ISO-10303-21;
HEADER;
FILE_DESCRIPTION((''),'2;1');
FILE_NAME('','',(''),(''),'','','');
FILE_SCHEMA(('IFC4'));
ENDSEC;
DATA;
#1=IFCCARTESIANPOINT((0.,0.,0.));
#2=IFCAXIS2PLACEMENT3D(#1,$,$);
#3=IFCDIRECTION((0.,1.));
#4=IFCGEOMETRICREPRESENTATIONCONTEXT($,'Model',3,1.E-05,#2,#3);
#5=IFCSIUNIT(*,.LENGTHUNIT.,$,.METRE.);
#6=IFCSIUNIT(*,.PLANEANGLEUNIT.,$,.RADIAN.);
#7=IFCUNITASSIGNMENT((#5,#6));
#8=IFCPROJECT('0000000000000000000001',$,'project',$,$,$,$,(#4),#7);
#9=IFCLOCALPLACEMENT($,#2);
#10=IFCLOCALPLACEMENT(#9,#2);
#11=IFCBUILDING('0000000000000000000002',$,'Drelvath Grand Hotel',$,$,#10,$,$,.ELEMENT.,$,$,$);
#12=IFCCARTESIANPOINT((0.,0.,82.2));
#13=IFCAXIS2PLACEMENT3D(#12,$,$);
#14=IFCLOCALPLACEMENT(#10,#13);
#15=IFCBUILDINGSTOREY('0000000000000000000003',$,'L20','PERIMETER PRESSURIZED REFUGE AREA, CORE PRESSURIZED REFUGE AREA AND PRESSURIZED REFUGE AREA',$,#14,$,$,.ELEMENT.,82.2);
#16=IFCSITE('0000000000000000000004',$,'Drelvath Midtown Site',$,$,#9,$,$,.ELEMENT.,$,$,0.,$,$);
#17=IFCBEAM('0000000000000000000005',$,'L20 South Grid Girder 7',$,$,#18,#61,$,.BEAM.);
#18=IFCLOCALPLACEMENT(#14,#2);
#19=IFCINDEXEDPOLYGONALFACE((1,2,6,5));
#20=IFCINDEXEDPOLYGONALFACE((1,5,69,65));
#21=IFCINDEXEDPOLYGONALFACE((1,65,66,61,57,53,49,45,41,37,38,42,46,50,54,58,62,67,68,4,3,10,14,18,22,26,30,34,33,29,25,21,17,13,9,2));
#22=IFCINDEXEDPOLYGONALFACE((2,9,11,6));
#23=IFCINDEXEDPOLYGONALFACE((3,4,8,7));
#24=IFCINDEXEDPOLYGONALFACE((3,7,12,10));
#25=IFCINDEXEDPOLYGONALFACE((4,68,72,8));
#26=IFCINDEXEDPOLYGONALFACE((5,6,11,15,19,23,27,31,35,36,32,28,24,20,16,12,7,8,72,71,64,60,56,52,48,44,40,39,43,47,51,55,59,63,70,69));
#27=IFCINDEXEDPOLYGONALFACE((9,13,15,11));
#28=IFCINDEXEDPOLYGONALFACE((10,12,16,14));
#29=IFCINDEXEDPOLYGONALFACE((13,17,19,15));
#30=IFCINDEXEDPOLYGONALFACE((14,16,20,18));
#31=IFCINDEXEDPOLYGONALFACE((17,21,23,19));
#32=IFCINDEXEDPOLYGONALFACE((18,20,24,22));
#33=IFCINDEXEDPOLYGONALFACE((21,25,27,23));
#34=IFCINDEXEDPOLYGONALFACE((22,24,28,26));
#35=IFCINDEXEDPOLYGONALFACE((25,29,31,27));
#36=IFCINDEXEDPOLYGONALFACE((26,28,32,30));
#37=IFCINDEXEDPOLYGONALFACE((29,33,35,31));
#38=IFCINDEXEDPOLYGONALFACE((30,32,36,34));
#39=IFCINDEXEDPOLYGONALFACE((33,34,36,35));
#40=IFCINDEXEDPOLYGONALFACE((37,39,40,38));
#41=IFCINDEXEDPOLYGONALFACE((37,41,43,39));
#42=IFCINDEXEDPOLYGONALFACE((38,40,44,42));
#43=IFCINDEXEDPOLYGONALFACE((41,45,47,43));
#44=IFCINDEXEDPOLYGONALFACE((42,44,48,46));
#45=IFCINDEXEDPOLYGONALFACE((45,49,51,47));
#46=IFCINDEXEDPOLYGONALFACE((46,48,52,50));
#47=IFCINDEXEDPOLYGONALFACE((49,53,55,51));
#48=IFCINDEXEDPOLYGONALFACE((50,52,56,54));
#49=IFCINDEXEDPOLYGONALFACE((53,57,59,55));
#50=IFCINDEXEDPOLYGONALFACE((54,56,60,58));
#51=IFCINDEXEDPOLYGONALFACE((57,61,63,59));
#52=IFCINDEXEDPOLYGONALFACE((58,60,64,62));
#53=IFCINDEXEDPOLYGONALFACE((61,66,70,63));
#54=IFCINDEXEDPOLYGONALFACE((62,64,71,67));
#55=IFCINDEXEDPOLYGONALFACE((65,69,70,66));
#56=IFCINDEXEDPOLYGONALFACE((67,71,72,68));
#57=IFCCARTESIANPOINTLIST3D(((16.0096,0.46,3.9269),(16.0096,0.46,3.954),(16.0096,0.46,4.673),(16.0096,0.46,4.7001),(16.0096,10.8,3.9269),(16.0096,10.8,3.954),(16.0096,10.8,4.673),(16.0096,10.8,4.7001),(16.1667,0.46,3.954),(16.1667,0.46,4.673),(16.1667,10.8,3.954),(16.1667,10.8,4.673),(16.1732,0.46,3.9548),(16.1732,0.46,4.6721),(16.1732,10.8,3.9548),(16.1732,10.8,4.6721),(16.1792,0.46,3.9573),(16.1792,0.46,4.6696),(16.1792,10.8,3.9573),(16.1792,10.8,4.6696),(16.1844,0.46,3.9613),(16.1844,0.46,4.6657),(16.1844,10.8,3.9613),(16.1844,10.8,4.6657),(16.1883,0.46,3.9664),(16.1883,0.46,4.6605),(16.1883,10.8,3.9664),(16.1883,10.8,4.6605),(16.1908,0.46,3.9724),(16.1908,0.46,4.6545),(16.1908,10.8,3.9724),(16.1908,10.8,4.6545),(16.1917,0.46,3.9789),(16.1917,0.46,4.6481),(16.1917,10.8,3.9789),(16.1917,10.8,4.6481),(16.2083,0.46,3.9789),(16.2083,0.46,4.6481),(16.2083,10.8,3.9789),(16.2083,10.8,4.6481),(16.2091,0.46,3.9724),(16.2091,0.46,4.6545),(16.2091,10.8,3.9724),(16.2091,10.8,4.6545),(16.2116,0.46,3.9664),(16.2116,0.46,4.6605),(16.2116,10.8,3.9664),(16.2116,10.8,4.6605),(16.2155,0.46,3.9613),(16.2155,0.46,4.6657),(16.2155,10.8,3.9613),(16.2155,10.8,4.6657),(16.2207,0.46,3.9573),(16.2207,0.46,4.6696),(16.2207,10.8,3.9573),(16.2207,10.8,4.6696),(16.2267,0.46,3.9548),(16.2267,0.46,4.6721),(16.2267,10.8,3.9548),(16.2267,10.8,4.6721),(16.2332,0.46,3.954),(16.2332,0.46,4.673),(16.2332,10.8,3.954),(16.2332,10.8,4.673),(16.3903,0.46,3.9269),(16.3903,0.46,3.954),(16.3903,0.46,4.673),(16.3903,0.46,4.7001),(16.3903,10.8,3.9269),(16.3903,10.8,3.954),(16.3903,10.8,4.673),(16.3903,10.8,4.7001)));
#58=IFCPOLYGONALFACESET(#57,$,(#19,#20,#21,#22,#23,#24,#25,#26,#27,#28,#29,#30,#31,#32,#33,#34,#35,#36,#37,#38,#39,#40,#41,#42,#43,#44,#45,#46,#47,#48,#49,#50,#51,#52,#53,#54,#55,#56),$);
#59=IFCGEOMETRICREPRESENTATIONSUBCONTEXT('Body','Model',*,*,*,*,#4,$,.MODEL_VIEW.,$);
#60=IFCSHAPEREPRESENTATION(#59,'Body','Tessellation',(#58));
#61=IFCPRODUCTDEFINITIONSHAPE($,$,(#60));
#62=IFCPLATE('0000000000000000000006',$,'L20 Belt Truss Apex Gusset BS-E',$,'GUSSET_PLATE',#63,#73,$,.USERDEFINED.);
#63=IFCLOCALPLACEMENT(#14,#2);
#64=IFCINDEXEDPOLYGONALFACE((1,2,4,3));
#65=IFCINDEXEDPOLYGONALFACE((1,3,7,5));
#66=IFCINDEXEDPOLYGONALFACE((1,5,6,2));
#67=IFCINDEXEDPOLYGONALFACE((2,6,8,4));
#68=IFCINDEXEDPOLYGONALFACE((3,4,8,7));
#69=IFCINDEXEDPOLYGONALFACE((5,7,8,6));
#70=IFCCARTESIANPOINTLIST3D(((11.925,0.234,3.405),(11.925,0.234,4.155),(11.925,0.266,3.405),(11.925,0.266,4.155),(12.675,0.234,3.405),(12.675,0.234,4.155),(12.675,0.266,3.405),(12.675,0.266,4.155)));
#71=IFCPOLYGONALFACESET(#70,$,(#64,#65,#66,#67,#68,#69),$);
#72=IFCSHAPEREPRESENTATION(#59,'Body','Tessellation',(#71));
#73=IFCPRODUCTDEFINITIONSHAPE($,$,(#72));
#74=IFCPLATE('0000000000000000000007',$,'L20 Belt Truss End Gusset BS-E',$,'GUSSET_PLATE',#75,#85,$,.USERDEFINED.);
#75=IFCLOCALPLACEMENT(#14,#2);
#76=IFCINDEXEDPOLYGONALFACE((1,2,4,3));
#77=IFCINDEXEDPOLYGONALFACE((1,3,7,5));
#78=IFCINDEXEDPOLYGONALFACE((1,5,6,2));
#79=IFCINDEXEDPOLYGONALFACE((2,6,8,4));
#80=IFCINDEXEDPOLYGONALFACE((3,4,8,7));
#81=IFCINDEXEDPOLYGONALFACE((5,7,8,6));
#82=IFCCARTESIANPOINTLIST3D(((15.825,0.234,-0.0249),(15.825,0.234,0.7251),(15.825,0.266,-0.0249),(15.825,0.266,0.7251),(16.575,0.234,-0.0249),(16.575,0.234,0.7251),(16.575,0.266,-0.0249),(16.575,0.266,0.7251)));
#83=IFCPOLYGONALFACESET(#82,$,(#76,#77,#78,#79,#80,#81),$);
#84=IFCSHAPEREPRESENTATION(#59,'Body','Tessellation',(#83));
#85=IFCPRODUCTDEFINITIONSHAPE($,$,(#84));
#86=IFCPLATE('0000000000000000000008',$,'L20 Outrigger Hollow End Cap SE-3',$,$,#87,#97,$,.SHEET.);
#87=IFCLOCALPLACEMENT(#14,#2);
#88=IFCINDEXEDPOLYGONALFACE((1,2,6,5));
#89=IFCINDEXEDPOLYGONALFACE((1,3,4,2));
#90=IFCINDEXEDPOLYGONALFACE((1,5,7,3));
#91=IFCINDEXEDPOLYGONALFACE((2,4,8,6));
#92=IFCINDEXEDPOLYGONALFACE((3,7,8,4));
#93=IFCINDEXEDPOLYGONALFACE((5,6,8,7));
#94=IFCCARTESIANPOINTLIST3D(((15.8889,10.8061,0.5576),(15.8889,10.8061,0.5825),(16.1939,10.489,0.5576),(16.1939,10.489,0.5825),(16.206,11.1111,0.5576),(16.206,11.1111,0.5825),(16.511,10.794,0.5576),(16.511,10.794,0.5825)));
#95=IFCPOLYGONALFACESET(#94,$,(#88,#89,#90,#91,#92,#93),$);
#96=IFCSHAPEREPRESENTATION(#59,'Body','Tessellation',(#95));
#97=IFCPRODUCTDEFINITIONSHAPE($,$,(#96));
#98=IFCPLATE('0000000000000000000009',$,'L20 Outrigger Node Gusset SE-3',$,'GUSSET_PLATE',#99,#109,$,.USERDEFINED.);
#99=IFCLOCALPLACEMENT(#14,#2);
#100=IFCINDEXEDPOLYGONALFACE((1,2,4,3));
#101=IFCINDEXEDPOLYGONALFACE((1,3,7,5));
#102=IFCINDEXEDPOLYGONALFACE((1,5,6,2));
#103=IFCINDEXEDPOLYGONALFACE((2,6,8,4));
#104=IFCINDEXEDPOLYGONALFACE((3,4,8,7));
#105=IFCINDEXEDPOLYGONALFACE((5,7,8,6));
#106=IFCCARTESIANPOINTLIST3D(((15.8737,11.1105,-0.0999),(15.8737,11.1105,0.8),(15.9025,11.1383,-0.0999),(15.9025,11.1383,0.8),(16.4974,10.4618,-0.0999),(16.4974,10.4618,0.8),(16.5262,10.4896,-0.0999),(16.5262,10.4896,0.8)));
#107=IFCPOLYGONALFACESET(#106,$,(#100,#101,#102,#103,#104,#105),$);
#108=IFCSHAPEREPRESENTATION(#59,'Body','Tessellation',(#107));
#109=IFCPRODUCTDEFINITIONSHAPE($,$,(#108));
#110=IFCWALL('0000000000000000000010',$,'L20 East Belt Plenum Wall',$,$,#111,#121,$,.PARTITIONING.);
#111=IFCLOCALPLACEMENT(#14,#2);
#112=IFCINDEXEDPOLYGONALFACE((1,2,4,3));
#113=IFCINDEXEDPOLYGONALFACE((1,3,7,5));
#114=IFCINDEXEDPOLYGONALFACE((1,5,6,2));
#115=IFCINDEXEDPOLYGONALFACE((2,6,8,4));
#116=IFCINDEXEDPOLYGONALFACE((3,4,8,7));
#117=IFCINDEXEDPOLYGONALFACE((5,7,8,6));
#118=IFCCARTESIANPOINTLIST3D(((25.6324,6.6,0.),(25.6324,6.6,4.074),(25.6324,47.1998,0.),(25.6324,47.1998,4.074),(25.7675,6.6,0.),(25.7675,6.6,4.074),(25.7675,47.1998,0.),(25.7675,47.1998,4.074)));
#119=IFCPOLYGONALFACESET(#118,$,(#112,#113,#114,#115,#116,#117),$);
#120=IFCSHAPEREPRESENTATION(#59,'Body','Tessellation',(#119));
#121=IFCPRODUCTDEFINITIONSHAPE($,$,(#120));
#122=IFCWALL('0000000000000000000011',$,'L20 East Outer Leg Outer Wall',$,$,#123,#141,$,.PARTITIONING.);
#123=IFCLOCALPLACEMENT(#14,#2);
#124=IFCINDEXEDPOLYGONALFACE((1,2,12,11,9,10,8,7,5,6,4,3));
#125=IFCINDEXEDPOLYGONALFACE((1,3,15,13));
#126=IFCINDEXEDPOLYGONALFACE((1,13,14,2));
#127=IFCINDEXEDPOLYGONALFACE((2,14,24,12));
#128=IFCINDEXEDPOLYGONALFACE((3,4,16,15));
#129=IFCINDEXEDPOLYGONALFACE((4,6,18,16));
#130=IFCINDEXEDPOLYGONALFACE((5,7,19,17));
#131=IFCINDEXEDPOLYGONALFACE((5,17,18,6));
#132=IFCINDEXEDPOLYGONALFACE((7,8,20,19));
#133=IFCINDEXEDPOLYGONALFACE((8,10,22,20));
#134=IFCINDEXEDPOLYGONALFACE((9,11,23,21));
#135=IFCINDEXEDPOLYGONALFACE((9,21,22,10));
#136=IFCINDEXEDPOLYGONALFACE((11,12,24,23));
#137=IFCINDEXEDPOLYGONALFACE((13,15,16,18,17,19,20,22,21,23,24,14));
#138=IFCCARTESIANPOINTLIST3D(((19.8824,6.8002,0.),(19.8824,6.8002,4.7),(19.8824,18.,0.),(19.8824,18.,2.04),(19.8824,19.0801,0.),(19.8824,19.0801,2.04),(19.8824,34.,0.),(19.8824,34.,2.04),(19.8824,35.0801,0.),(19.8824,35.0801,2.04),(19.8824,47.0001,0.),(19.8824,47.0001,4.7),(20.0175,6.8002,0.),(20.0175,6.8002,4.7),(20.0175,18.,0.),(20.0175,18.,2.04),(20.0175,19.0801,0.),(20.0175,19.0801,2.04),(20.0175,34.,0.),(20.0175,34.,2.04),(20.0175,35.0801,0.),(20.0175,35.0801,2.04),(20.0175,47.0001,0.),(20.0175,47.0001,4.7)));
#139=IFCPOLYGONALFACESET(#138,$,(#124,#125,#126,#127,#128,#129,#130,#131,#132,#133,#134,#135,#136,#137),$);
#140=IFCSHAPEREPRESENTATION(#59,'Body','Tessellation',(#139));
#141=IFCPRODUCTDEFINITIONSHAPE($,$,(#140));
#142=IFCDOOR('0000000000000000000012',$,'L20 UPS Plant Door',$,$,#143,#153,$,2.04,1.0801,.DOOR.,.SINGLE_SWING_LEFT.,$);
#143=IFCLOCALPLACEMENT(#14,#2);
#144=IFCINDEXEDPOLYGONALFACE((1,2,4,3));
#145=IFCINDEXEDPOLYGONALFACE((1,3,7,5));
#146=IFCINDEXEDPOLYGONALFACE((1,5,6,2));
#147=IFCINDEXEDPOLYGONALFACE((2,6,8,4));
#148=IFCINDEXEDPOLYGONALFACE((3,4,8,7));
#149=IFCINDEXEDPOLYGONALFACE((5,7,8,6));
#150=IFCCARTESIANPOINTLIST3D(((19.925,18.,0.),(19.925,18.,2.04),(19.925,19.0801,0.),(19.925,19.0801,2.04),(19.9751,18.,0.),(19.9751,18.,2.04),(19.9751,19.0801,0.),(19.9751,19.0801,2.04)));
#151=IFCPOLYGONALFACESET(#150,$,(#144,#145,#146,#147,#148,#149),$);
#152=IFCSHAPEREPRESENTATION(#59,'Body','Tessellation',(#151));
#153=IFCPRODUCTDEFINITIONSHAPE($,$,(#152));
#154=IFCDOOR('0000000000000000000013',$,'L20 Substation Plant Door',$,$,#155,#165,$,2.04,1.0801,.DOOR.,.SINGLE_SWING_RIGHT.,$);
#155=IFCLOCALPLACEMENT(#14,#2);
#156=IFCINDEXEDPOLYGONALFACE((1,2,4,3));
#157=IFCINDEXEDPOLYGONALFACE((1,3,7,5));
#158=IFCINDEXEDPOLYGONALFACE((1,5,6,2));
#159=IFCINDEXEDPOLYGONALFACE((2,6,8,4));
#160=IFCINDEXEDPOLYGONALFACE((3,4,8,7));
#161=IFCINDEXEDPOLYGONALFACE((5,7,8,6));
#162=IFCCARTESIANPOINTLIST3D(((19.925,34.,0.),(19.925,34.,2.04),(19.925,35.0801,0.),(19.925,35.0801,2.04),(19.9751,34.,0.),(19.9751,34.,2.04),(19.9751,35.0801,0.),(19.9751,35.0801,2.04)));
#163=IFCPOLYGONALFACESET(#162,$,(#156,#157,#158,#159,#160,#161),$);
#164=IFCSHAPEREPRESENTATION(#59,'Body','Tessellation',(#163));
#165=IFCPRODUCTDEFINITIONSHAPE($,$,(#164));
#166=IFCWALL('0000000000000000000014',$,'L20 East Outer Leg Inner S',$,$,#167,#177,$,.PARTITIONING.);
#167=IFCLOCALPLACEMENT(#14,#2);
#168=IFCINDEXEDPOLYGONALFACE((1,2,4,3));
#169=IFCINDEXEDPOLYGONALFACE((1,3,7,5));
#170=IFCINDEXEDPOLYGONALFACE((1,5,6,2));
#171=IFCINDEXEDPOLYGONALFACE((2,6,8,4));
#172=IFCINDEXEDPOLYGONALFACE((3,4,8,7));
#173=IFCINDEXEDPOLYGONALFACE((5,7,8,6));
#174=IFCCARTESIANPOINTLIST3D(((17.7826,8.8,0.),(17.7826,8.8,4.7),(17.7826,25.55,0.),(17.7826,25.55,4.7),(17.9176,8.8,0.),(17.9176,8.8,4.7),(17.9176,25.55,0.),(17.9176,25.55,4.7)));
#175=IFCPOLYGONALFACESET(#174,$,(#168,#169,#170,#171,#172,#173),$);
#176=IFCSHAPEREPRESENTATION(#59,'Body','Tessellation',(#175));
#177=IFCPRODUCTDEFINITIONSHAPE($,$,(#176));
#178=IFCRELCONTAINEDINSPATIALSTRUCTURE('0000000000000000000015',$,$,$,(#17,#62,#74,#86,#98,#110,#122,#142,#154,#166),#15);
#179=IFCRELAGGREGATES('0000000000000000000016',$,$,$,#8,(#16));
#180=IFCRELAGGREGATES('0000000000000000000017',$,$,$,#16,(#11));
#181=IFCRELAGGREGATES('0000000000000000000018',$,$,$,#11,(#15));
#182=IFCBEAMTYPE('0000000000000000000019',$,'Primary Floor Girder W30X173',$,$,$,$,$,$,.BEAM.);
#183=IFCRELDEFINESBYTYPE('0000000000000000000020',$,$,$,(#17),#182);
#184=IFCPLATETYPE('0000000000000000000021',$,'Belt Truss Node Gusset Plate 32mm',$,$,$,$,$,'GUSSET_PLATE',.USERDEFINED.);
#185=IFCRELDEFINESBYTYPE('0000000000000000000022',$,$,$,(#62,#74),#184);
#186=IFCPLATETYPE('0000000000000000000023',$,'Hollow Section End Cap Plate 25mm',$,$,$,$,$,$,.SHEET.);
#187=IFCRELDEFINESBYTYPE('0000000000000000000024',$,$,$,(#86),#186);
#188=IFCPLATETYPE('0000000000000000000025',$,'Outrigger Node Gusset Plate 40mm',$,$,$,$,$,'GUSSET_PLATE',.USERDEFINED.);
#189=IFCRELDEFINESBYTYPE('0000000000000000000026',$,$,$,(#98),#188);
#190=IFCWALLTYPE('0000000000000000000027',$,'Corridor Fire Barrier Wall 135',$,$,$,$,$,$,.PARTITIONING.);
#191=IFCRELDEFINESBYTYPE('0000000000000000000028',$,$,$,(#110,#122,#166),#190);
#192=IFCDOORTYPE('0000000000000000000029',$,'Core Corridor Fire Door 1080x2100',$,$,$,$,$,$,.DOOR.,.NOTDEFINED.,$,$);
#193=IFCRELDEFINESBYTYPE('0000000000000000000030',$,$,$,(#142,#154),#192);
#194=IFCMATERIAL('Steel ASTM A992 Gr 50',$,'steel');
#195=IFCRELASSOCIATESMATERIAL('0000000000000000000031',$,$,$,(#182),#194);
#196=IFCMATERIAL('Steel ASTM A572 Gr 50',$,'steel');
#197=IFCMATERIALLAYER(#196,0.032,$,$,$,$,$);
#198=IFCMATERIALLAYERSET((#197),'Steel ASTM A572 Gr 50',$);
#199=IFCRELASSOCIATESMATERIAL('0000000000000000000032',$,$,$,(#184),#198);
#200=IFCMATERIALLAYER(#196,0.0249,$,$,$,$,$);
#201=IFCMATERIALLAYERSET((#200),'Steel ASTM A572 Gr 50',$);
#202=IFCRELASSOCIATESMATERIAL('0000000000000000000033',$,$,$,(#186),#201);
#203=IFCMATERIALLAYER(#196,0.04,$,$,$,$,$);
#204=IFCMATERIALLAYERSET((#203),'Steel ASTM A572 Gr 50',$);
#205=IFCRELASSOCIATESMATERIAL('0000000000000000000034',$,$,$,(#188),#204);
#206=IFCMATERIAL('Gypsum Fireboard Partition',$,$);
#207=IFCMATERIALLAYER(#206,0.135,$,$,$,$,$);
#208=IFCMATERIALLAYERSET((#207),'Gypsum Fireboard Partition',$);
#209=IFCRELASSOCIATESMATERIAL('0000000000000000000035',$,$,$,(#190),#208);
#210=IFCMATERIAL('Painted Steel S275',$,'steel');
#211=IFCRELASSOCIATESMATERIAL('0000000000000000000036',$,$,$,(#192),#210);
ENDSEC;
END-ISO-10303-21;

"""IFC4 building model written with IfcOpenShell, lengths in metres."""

from ifc_helpers import new_model, si_unit, direction, frame, frame_2d, origin, origin_2d, place, context, subcontext, project, spatial, rectangle, i_section, extrude, material, layer, layer_set, material_profile, profile_set, type_object, element, fill, save


model = new_model("IFC4")

# Units and contexts
model_context = context("Model", 3, precision=1e-05, world=origin(), true_north=direction((0.0, 1.0)))
body_context = subcontext(model_context, "Body", "Model", "MODEL_VIEW")
ifc_project = project(units=[si_unit("LENGTHUNIT", "METRE"), si_unit("PLANEANGLEUNIT", "RADIAN")], contexts=[model_context])

# Site, building, storey
site_placement = place(None, origin())
site = spatial("IfcSite", under=ifc_project, at=site_placement, Name="Drelvath Midtown Site", CompositionType="ELEMENT", RefElevation=0.0)
building_placement = place(site_placement, origin())
building = spatial("IfcBuilding", under=site, at=building_placement, Name="Drelvath Grand Hotel", CompositionType="ELEMENT")
storey_placement = place(building_placement, frame((0.0, 0.0, 82.2)))
storey = spatial("IfcBuildingStorey", under=building, at=storey_placement, Name="L20", Description="PERIMETER PRESSURIZED REFUGE AREA, CORE PRESSURIZED REFUGE AREA AND PRESSURIZED REFUGE AREA", CompositionType="ELEMENT", Elevation=82.2)

# Shared definitions
ifc_material_1 = material(Name="Steel ASTM A572 Gr 50", Category="steel")
ifc_material_2 = material(Name="Steel ASTM A992 Gr 50", Category="steel")

# Beam
ifc_material_profile_1 = material_profile(ifc_material_2, i_section(OverallWidth=0.3806, OverallDepth=0.7732, WebThickness=0.0166, FlangeThickness=0.0271, FilletRadius=0.0249, at=origin_2d()), Name="W30X173")
ifc_profile_set_1 = profile_set([ifc_material_profile_1], Name="Steel ASTM A992 Gr 50")
beam_type_1 = type_object("IfcBeamType", Name="Primary Floor Girder W30X173", PredefinedType="BEAM", material=ifc_profile_set_1)
beam_1_placement = place(storey_placement, frame((16.2, 0.46, 4.3135), z_axis=(0.0, 1.0, 0.0), x_axis=(-1.0, 0.0, 0.0)))
element("IfcBeam", 1, at=beam_1_placement, inside=storey, type_object=beam_type_1, Name="L20 South Grid Girder 7", PredefinedType="BEAM", context=body_context, shape_type="SweptSolid", body=[
    extrude(i_section(OverallWidth=0.3806, OverallDepth=0.7732, WebThickness=0.0166, FlangeThickness=0.0271, FilletRadius=0.0249, at=origin_2d()), origin(), (0.0, 0.0, 1.0), 10.3401),
])

# Plates
ifc_layer_1 = layer(ifc_material_1, 0.032)
ifc_layer_set_1 = layer_set([ifc_layer_1], Name="Steel ASTM A572 Gr 50")
plate_type_1 = type_object("IfcPlateType", Name="Belt Truss Node Gusset Plate 32mm", ElementType="GUSSET_PLATE", PredefinedType="USERDEFINED", material=ifc_layer_set_1)
for number, where, z_axis, x_axis, name in (
    (2, (12.3, 0.25, 3.405), (0.0, 0.0, 1.0), (1.0, 0.0, 0.0), "L20 Belt Truss Apex Gusset BS-E"),
    (3, (16.2, 0.25, -0.0249), (0.0, 0.0, 1.0), (1.0, 0.0, 0.0), "L20 Belt Truss End Gusset BS-E"),
):
    element("IfcPlate", number, at=place(storey_placement, frame(where, z_axis=z_axis, x_axis=x_axis)), inside=storey, type_object=plate_type_1, Name=name, ObjectType="GUSSET_PLATE", PredefinedType="USERDEFINED", context=body_context, shape_type="SweptSolid", body=[
        extrude(rectangle(XDim=0.75, YDim=0.032, at=origin_2d()), origin(), (0.0, 0.0, 1.0), 0.75),
    ])
ifc_layer_2 = layer(ifc_material_1, 0.0249)
ifc_layer_set_2 = layer_set([ifc_layer_2], Name="Steel ASTM A572 Gr 50")
plate_type_2 = type_object("IfcPlateType", Name="Hollow Section End Cap Plate 25mm", PredefinedType="SHEET", material=ifc_layer_set_2)
plate_1_placement = place(storey_placement, frame((16.2, 10.8, 0.5576), z_axis=(0.0, 0.0, 1.0), x_axis=(0.693109, -0.720833, 0.0)))
element("IfcPlate", 4, at=plate_1_placement, inside=storey, type_object=plate_type_2, Name="L20 Outrigger Hollow End Cap SE-3", PredefinedType="SHEET", context=body_context, shape_type="SweptSolid", body=[
    extrude(rectangle(XDim=0.4399, YDim=0.4399, at=origin_2d()), origin(), (0.0, 0.0, 1.0), 0.0249),
])
ifc_layer_3 = layer(ifc_material_1, 0.04)
ifc_layer_set_3 = layer_set([ifc_layer_3], Name="Steel ASTM A572 Gr 50")
plate_type_3 = type_object("IfcPlateType", Name="Outrigger Node Gusset Plate 40mm", ElementType="GUSSET_PLATE", PredefinedType="USERDEFINED", material=ifc_layer_set_3)
plate_2_placement = place(storey_placement, frame((16.2, 10.8, -0.0999), z_axis=(0.0, 0.0, 1.0), x_axis=(0.693109, -0.720833, 0.0)))
element("IfcPlate", 5, at=plate_2_placement, inside=storey, type_object=plate_type_3, Name="L20 Outrigger Node Gusset SE-3", ObjectType="GUSSET_PLATE", PredefinedType="USERDEFINED", context=body_context, shape_type="SweptSolid", body=[
    extrude(rectangle(XDim=0.8999, YDim=0.04, at=origin_2d()), origin(), (0.0, 0.0, 1.0), 0.8999),
])

# Wall
ifc_material_3 = material(Name="Gypsum Fireboard Partition")
ifc_layer_4 = layer(ifc_material_3, 0.135)
ifc_layer_set_4 = layer_set([ifc_layer_4], Name="Gypsum Fireboard Partition")
wall_type_1 = type_object("IfcWallType", Name="Corridor Fire Barrier Wall 135", PredefinedType="PARTITIONING", material=ifc_layer_set_4)
wall_1_placement = place(storey_placement, frame((25.7, 6.6001, 0.0), z_axis=(0.0, 0.0, 1.0), x_axis=(0.0, 1.0, 0.0)))
element("IfcWall", 6, at=wall_1_placement, inside=storey, type_object=wall_type_1, Name="L20 East Belt Plenum Wall", PredefinedType="PARTITIONING", context=body_context, shape_type="SweptSolid", body=[
    extrude(rectangle(XDim=40.5999, YDim=0.135, at=frame_2d((20.2998, 0.0))), origin(), (0.0, 0.0, 1.0), 4.074),
])

# Wall, openings, doors
wall_2_placement = place(storey_placement, frame((19.95, 6.8, 0.0), z_axis=(0.0, 0.0, 1.0), x_axis=(0.0, 1.0, 0.0)))
wall_2 = element("IfcWall", 7, at=wall_2_placement, inside=storey, type_object=wall_type_1, Name="L20 East Outer Leg Outer Wall", PredefinedType="PARTITIONING", context=body_context, shape_type="SweptSolid", body=[
    extrude(rectangle(XDim=40.2, YDim=0.135, at=frame_2d((20.1001, 0.0))), origin(), (0.0, 0.0, 1.0), 4.7),
])
opening_1_placement = place(wall_2_placement, frame((11.2, 0.0, 0.0)))
opening_1 = element("IfcOpeningElement", 8, at=opening_1_placement, cuts=wall_2, PredefinedType="OPENING", context=body_context, shape_type="SweptSolid", body=[
    extrude(rectangle(XDim=1.0801, YDim=2.04, at=frame_2d((0.54, 1.02))), frame((0.0, 0.0774, 0.0), z_axis=(0.0, -1.0, 0.0), x_axis=(1.0, 0.0, 0.0)), (0.0, 0.0, 1.0), 0.155),
])
opening_2_placement = place(wall_2_placement, frame((27.2, 0.0, 0.0)))
opening_2 = element("IfcOpeningElement", 9, at=opening_2_placement, cuts=wall_2, PredefinedType="OPENING", context=body_context, shape_type="SweptSolid", body=[
    extrude(rectangle(XDim=1.0801, YDim=2.04, at=frame_2d((0.54, 1.02))), frame((0.0, 0.0774, 0.0), z_axis=(0.0, -1.0, 0.0), x_axis=(1.0, 0.0, 0.0)), (0.0, 0.0, 1.0), 0.155),
])
ifc_material_4 = material(Name="Painted Steel S275", Category="steel")
door_type = type_object("IfcDoorType", Name="Core Corridor Fire Door 1080x2100", OperationType="NOTDEFINED", PredefinedType="DOOR", material=ifc_material_4)
door_1_placement = place(opening_1_placement, origin())
door_1 = element("IfcDoor", 10, at=door_1_placement, inside=storey, type_object=door_type, Name="L20 UPS Plant Door", OperationType="SINGLE_SWING_LEFT", OverallHeight=2.04, OverallWidth=1.0801, PredefinedType="DOOR", context=body_context, shape_type="SweptSolid", body=[
    extrude(rectangle(XDim=1.0801, YDim=2.04, at=frame_2d((0.54, 1.02))), frame((0.0, 0.0249, 0.0), z_axis=(0.0, -1.0, 0.0), x_axis=(1.0, 0.0, 0.0)), (0.0, 0.0, 1.0), 0.05),
])
fill(opening_1, door_1)
door_2_placement = place(opening_2_placement, origin())
door_2 = element("IfcDoor", 11, at=door_2_placement, inside=storey, type_object=door_type, Name="L20 Substation Plant Door", OperationType="SINGLE_SWING_RIGHT", OverallHeight=2.04, OverallWidth=1.0801, PredefinedType="DOOR", context=body_context, shape_type="SweptSolid", body=[
    extrude(rectangle(XDim=1.0801, YDim=2.04, at=frame_2d((0.54, 1.02))), frame((0.0, 0.0249, 0.0), z_axis=(0.0, -1.0, 0.0), x_axis=(1.0, 0.0, 0.0)), (0.0, 0.0, 1.0), 0.05),
])
fill(opening_2, door_2)

# Wall
wall_3_placement = place(storey_placement, frame((17.8501, 8.8, 0.0), z_axis=(0.0, 0.0, 1.0), x_axis=(0.0, 1.0, 0.0)))
element("IfcWall", 12, at=wall_3_placement, inside=storey, type_object=wall_type_1, Name="L20 East Outer Leg Inner S", PredefinedType="PARTITIONING", context=body_context, shape_type="SweptSolid", body=[
    extrude(rectangle(XDim=16.75, YDim=0.135, at=frame_2d((8.375, 0.0))), origin(), (0.0, 0.0, 1.0), 4.7),
])

save(model, "model.ifc")
